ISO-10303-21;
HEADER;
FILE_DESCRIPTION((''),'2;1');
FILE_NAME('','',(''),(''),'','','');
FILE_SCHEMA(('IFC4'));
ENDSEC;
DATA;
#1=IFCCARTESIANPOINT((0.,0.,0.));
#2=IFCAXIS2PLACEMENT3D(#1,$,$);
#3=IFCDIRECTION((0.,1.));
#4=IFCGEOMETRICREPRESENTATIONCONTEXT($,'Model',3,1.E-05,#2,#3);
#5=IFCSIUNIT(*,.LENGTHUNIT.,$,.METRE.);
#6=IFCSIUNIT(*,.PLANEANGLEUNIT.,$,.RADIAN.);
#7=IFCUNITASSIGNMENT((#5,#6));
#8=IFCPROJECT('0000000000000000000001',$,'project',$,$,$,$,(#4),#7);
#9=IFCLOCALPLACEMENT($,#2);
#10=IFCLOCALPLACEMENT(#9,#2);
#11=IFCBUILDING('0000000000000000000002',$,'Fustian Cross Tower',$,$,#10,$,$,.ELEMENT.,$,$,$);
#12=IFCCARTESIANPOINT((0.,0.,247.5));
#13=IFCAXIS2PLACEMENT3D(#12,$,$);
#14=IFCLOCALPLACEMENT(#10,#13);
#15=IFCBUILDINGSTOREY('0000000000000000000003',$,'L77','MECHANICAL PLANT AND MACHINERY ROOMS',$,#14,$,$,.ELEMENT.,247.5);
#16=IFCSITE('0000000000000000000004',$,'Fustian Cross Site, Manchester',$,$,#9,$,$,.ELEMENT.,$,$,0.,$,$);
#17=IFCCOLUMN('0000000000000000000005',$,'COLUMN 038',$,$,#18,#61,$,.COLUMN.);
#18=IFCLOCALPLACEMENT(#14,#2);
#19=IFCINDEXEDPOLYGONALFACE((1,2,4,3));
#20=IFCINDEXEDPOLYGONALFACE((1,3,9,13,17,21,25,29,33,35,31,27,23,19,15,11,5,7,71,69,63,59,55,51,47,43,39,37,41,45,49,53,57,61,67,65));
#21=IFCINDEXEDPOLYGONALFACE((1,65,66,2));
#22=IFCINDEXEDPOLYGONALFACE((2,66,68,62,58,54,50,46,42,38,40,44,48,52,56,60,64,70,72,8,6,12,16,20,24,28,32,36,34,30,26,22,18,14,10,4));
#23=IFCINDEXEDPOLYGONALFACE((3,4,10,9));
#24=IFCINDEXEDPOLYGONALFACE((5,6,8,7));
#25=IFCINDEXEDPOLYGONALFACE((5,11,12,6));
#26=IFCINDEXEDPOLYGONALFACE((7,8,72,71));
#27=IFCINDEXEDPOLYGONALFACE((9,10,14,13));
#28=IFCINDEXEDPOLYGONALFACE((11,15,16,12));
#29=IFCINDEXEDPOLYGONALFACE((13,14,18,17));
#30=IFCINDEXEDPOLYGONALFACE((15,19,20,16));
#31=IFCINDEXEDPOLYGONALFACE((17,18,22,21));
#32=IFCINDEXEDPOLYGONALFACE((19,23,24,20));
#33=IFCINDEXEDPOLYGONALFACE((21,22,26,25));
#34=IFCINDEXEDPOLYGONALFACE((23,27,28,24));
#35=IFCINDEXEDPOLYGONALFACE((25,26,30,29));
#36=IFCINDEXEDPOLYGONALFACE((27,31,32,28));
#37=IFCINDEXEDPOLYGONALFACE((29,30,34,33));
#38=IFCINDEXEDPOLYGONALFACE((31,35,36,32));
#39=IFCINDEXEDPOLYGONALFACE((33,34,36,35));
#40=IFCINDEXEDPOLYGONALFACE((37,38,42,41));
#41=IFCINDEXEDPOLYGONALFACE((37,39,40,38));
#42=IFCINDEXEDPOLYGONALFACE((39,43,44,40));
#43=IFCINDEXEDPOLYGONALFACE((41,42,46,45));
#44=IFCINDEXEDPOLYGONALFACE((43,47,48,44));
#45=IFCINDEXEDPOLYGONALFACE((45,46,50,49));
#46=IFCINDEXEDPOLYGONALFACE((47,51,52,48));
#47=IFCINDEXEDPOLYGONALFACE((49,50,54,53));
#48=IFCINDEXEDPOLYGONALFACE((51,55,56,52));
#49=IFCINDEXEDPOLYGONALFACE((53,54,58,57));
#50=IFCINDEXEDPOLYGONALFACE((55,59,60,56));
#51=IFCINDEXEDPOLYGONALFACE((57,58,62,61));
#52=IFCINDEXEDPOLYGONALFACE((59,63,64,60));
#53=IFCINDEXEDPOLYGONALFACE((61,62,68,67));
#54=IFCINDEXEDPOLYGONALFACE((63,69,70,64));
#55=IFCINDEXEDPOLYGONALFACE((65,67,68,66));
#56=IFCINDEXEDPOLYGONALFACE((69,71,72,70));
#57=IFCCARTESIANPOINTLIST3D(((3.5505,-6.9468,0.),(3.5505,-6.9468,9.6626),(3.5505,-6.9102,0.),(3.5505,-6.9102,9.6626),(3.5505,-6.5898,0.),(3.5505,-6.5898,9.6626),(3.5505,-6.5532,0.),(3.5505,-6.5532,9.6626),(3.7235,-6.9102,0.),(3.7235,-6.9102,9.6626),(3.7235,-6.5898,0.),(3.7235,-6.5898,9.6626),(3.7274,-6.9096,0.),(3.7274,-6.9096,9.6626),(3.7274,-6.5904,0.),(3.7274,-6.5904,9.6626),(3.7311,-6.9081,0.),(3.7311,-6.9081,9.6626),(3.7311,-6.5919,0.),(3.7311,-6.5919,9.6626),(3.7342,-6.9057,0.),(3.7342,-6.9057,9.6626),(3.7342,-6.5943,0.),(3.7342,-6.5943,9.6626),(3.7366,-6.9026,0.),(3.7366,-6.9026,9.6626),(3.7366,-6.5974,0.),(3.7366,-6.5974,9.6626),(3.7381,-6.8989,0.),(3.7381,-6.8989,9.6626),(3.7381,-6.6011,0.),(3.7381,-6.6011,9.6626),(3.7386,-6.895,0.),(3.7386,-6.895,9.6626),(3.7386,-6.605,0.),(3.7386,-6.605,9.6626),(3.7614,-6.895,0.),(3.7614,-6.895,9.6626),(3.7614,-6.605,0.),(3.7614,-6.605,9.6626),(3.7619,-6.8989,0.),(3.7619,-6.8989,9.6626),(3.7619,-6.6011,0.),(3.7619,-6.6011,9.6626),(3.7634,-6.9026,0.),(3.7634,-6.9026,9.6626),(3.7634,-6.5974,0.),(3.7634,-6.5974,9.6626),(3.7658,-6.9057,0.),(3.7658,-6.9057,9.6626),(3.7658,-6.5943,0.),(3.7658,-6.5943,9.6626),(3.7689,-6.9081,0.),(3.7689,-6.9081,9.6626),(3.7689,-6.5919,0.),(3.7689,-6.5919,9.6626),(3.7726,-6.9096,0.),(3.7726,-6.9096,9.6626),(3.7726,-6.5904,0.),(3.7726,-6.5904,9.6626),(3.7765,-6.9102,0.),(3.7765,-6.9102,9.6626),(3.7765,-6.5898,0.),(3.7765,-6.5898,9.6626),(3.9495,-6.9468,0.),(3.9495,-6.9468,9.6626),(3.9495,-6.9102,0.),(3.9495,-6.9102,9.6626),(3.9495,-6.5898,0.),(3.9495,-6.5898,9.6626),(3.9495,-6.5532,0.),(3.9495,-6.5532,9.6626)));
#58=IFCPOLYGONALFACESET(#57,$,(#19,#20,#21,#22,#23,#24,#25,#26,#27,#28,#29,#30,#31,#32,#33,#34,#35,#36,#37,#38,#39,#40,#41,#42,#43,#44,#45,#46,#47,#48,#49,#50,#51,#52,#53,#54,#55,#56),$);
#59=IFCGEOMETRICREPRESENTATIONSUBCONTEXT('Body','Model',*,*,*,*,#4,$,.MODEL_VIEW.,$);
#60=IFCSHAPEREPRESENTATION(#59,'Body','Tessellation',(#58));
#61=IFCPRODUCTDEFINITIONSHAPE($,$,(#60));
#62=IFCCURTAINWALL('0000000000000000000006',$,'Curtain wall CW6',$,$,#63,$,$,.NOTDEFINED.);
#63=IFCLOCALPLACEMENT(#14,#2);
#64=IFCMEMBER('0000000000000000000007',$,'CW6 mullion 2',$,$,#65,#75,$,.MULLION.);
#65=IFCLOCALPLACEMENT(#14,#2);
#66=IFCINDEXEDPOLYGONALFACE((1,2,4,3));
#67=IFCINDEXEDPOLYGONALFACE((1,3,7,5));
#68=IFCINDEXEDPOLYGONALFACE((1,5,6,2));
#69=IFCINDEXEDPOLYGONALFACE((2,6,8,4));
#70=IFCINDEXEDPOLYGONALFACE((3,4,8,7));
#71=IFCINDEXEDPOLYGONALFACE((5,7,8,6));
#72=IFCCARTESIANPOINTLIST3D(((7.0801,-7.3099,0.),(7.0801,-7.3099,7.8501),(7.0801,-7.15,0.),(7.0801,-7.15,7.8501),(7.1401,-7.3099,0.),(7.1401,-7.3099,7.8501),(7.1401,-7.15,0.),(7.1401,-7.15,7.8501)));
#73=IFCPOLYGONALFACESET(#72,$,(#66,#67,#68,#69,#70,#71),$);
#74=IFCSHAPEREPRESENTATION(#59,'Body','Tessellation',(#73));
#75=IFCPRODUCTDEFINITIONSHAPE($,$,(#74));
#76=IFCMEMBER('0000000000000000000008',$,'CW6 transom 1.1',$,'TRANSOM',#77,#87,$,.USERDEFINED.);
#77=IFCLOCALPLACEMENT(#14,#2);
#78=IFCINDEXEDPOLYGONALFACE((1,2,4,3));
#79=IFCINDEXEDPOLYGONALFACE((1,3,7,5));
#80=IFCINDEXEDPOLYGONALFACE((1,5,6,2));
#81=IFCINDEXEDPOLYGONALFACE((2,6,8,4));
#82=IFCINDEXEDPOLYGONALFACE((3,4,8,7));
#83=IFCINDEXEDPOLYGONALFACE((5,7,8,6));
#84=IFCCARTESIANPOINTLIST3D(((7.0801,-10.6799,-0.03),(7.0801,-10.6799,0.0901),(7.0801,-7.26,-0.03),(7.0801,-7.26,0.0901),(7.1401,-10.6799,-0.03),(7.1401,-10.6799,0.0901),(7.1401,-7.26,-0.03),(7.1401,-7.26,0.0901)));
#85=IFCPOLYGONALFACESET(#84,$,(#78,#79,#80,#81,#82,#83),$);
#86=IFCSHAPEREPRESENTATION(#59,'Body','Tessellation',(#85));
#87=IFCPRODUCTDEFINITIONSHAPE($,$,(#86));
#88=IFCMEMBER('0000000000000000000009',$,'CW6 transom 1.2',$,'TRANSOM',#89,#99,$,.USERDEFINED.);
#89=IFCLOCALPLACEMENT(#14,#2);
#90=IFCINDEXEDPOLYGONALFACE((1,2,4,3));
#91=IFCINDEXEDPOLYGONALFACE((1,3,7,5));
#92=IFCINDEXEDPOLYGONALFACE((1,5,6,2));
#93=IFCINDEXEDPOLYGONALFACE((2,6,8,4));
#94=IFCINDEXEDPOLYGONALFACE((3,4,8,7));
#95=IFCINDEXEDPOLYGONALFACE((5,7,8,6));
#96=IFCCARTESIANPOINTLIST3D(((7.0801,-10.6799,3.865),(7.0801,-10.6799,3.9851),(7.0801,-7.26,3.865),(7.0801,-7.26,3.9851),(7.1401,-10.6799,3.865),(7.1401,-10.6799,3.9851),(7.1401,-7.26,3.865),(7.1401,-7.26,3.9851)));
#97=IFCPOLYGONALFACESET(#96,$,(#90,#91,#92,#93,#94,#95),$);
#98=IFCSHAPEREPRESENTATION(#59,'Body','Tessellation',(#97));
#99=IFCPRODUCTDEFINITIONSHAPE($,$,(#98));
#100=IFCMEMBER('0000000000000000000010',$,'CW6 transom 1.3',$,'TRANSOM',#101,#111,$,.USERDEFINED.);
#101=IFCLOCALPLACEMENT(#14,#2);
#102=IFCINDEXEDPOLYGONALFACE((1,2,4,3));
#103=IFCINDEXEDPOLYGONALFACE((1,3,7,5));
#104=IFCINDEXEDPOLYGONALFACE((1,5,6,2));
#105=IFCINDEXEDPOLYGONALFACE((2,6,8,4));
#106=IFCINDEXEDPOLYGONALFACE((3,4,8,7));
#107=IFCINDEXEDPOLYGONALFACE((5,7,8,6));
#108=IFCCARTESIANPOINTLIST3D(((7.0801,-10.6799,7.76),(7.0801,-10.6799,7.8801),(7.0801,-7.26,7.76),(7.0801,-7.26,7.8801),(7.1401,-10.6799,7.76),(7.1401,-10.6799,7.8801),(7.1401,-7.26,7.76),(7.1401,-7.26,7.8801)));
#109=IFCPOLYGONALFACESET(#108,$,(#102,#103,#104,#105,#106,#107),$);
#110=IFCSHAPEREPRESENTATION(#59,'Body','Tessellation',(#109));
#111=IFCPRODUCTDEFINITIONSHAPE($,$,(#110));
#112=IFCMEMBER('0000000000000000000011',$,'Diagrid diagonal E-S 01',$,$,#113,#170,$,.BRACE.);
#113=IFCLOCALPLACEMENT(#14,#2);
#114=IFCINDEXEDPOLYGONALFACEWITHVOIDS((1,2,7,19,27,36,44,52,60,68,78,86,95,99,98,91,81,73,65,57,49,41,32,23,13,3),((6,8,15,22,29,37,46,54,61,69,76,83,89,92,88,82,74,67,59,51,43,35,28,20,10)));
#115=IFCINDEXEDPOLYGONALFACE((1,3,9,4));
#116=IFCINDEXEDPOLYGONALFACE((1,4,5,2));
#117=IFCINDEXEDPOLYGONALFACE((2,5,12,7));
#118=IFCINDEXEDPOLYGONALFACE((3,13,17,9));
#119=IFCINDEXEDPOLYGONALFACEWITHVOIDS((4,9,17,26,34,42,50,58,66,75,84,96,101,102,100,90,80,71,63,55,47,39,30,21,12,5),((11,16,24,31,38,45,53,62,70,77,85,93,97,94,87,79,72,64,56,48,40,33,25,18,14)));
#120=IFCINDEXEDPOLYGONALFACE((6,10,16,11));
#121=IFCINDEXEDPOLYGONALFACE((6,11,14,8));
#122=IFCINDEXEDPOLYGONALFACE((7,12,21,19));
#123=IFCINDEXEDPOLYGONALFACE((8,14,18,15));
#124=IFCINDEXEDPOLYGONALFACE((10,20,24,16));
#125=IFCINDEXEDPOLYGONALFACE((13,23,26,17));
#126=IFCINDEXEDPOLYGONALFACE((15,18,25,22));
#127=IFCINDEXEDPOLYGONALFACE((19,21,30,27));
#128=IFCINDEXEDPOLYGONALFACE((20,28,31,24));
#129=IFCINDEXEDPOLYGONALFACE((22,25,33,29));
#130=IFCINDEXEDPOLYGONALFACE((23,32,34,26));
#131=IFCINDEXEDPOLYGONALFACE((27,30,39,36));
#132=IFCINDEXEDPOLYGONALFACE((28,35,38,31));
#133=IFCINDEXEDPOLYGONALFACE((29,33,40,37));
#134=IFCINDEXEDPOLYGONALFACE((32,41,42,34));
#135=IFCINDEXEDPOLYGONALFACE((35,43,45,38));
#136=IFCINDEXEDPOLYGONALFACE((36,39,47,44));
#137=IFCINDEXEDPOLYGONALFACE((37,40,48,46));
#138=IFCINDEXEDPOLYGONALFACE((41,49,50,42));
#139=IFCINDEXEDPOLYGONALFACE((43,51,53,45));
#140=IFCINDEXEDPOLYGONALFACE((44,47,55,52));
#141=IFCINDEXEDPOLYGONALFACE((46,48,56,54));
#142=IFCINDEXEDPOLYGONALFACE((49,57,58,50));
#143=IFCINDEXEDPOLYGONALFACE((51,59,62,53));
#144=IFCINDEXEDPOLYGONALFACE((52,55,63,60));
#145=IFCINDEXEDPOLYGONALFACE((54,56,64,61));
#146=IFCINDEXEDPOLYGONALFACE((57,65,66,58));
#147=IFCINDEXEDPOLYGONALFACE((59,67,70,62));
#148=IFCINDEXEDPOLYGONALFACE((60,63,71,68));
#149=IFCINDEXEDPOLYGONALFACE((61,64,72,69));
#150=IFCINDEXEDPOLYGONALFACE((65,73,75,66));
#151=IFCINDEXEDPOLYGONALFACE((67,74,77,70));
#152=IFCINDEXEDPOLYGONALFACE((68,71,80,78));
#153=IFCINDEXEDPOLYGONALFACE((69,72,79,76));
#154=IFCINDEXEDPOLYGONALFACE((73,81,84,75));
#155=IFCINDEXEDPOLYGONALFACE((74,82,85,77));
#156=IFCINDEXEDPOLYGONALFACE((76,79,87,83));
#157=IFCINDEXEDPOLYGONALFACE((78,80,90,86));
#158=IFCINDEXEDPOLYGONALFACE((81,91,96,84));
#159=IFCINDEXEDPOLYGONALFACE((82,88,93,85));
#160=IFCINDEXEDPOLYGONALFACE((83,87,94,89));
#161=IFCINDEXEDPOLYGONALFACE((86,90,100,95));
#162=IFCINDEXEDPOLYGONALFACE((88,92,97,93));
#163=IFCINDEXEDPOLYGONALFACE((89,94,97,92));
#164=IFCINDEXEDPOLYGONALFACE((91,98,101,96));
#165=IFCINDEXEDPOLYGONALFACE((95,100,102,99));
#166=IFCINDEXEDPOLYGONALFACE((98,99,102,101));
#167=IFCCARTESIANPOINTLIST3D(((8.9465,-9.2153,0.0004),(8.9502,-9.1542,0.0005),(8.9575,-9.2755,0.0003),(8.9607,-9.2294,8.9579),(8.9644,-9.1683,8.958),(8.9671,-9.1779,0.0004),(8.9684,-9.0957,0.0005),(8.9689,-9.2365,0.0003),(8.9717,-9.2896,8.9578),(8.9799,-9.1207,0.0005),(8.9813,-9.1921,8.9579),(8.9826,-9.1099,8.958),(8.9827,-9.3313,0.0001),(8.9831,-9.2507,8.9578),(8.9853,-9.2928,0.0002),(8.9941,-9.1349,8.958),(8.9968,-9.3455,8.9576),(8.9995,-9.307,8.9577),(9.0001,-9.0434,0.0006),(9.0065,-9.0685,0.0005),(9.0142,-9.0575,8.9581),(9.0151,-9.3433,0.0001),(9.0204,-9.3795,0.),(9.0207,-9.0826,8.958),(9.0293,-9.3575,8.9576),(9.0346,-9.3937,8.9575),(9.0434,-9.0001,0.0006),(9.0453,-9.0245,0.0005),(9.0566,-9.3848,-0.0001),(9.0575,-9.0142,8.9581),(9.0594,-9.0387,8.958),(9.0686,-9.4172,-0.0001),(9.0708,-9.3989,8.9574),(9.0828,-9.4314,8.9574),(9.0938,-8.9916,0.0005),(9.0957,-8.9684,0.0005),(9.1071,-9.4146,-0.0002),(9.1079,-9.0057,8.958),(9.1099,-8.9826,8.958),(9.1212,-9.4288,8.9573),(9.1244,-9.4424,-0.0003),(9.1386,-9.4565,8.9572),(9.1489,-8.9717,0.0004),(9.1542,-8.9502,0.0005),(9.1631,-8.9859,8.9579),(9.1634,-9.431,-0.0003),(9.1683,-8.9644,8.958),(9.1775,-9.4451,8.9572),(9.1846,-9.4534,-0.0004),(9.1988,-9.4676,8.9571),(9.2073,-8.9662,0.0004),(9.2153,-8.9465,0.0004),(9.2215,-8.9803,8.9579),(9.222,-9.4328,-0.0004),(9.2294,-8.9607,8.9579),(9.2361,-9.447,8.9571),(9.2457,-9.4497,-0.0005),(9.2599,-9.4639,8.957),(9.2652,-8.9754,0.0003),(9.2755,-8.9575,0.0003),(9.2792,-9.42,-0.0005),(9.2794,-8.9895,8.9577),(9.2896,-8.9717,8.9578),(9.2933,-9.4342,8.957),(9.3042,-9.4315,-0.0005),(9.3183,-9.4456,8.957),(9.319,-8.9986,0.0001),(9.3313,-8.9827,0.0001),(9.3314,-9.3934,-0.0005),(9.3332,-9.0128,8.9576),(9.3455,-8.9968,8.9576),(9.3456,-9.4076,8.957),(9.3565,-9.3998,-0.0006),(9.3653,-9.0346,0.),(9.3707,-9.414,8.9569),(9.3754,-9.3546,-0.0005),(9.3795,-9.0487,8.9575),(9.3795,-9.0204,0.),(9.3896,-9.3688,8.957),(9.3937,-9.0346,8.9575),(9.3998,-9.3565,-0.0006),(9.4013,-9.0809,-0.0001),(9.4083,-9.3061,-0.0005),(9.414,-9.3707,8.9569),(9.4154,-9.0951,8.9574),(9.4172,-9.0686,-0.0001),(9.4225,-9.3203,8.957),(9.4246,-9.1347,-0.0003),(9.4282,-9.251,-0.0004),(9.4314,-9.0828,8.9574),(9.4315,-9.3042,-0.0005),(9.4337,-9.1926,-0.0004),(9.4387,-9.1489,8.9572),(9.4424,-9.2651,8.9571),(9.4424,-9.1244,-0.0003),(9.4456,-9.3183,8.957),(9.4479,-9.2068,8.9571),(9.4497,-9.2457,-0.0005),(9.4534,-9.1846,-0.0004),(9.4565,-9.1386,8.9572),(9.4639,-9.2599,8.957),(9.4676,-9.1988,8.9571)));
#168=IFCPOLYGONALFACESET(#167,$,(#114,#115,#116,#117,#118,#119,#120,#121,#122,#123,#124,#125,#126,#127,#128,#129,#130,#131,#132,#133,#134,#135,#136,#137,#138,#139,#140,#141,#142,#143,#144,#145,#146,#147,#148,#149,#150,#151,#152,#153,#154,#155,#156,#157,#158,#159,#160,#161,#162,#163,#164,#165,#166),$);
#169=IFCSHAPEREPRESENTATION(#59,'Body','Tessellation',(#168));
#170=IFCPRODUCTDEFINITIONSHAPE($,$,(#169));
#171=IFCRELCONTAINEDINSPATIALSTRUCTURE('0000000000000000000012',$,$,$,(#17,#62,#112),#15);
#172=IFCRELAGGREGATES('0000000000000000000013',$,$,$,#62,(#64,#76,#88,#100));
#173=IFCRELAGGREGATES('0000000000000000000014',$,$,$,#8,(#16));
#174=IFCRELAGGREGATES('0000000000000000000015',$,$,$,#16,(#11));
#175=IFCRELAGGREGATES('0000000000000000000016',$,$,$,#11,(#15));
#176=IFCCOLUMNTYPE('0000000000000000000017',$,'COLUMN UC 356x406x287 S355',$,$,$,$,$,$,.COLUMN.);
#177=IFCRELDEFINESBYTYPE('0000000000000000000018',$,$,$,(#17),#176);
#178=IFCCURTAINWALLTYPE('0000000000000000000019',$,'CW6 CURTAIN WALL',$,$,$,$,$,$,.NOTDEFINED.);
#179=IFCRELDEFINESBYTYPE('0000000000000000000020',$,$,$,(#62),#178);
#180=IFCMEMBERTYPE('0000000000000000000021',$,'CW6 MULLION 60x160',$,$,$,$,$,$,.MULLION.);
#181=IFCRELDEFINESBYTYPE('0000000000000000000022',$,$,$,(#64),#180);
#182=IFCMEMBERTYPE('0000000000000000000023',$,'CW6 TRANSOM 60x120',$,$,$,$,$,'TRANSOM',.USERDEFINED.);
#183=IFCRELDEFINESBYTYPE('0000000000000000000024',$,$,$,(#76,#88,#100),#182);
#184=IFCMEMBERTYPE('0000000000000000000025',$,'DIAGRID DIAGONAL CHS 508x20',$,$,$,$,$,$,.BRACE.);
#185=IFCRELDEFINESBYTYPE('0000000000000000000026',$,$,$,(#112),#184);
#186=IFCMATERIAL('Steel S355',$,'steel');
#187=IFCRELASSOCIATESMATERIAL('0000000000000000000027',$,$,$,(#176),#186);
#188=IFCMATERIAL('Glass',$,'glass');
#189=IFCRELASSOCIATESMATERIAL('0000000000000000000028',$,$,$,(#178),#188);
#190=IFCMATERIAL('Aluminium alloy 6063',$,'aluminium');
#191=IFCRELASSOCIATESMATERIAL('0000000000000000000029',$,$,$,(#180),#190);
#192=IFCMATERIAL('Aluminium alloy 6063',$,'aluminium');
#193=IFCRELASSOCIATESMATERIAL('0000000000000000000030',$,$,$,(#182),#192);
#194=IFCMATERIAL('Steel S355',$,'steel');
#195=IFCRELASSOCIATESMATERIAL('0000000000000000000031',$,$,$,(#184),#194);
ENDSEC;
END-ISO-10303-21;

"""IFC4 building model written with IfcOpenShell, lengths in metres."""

from ifc_helpers import new_model, si_unit, direction, frame, origin, origin_2d, place, context, subcontext, project, spatial, rectangle, hollow_circle, i_section, extrude, material, material_profile, profile_set, type_object, element, aggregate, save


model = new_model("IFC4")

# Units and contexts
model_context = context("Model", 3, precision=1e-05, world=origin(), true_north=direction((0.0, 1.0)))
body_context = subcontext(model_context, "Body", "Model", "MODEL_VIEW")
ifc_project = project(units=[si_unit("LENGTHUNIT", "METRE"), si_unit("PLANEANGLEUNIT", "RADIAN")], contexts=[model_context])

# Site, building, storey
site_placement = place(None, origin())
site = spatial("IfcSite", under=ifc_project, at=site_placement, Name="Fustian Cross Site, Manchester", CompositionType="ELEMENT", RefElevation=0.0)
building_placement = place(site_placement, origin())
building = spatial("IfcBuilding", under=site, at=building_placement, Name="Fustian Cross Tower", CompositionType="ELEMENT")
storey_placement = place(building_placement, frame((0.0, 0.0, 247.5)))
storey = spatial("IfcBuildingStorey", under=building, at=storey_placement, Name="L77", Description="MECHANICAL PLANT AND MACHINERY ROOMS", CompositionType="ELEMENT", Elevation=247.5)

# Column
ifc_material_1 = material(Name="Steel S355", Category="steel")
ifc_material_profile_1 = material_profile(ifc_material_1, i_section(OverallWidth=0.3989, OverallDepth=0.3936, WebThickness=0.0227, FlangeThickness=0.0366, FilletRadius=0.0151, at=origin_2d()), Name="UC 356x406x287")
ifc_profile_set_1 = profile_set([ifc_material_profile_1], Name="Steel S355")
column_type = type_object("IfcColumnType", Name="COLUMN UC 356x406x287 S355", PredefinedType="COLUMN", material=ifc_profile_set_1)
column_placement = place(storey_placement, frame((3.75, -6.75, 0.0), z_axis=(0.0, 0.0, 1.0), x_axis=(1.0, 0.0, 0.0)))
element("IfcColumn", 1, at=column_placement, inside=storey, type_object=column_type, Name="COLUMN 038", PredefinedType="COLUMN", context=body_context, shape_type="SweptSolid", body=[
    extrude(i_section(OverallWidth=0.3989, OverallDepth=0.3936, WebThickness=0.0227, FlangeThickness=0.0366, FilletRadius=0.0151, at=origin_2d()), origin(), (0.0, 0.0, 1.0), 9.6626),
])

# Curtain wall, members
ifc_material_2 = material(Name="Glass", Category="glass")
curtain_wall_type = type_object("IfcCurtainWallType", Name="CW6 CURTAIN WALL", PredefinedType="NOTDEFINED", material=ifc_material_2)
curtain_wall_placement = place(storey_placement, origin())
curtain_wall = element("IfcCurtainWall", 2, at=curtain_wall_placement, inside=storey, type_object=curtain_wall_type, Name="Curtain wall CW6", PredefinedType="NOTDEFINED")
ifc_material_3 = material(Name="Aluminium alloy 6063", Category="aluminium")
ifc_material_profile_2 = material_profile(ifc_material_3, rectangle(XDim=0.0601, YDim=0.1599, at=origin_2d()), Name="CW6 MULLION 60x160")
ifc_profile_set_2 = profile_set([ifc_material_profile_2], Name="Aluminium alloy 6063")
member_type_1 = type_object("IfcMemberType", Name="CW6 MULLION 60x160", PredefinedType="MULLION", material=ifc_profile_set_2)
member_1_placement = place(storey_placement, frame((7.1101, -7.23, 0.0), z_axis=(0.0, 0.0, 1.0), x_axis=(-1.0, 0.0, 0.0)))
member_1 = element("IfcMember", 3, at=member_1_placement, type_object=member_type_1, Name="CW6 mullion 2", PredefinedType="MULLION", context=body_context, shape_type="SweptSolid", body=[
    extrude(rectangle(XDim=0.0601, YDim=0.1599, at=origin_2d()), origin(), (0.0, 0.0, 1.0), 7.8501),
])
ifc_material_4 = material(Name="Aluminium alloy 6063", Category="aluminium")
ifc_material_profile_3 = material_profile(ifc_material_4, rectangle(XDim=0.0601, YDim=0.1201, at=origin_2d()), Name="CW6 TRANSOM 60x120")
ifc_profile_set_3 = profile_set([ifc_material_profile_3], Name="Aluminium alloy 6063")
member_type_2 = type_object("IfcMemberType", Name="CW6 TRANSOM 60x120", ElementType="TRANSOM", PredefinedType="USERDEFINED", material=ifc_profile_set_3)
member_2_placement = place(storey_placement, frame((7.1101, -10.6799, 0.03), z_axis=(0.0, 1.0, 0.0), x_axis=(-1.0, 0.0, 0.0)))
member_2 = element("IfcMember", 4, at=member_2_placement, type_object=member_type_2, Name="CW6 transom 1.1", ObjectType="TRANSOM", PredefinedType="USERDEFINED", context=body_context, shape_type="SweptSolid", body=[
    extrude(rectangle(XDim=0.0601, YDim=0.1201, at=origin_2d()), origin(), (0.0, 0.0, 1.0), 3.4199),
])
member_3_placement = place(storey_placement, frame((7.1101, -10.6799, 3.925), z_axis=(0.0, 1.0, 0.0), x_axis=(-1.0, 0.0, 0.0)))
member_3 = element("IfcMember", 5, at=member_3_placement, type_object=member_type_2, Name="CW6 transom 1.2", ObjectType="TRANSOM", PredefinedType="USERDEFINED", context=body_context, shape_type="SweptSolid", body=[
    extrude(rectangle(XDim=0.0601, YDim=0.1201, at=origin_2d()), origin(), (0.0, 0.0, 1.0), 3.4199),
])
member_4_placement = place(storey_placement, frame((7.1101, -10.6799, 7.8201), z_axis=(0.0, 1.0, 0.0), x_axis=(-1.0, 0.0, 0.0)))
member_4 = element("IfcMember", 6, at=member_4_placement, type_object=member_type_2, Name="CW6 transom 1.3", ObjectType="TRANSOM", PredefinedType="USERDEFINED", context=body_context, shape_type="SweptSolid", body=[
    extrude(rectangle(XDim=0.0601, YDim=0.1201, at=origin_2d()), origin(), (0.0, 0.0, 1.0), 3.4199),
])

# Member
ifc_material_5 = material(Name="Steel S355", Category="steel")
ifc_material_profile_4 = material_profile(ifc_material_5, hollow_circle(Radius=0.2539, WallThickness=0.02, at=origin_2d()), Name="CHS 508x20")
ifc_profile_set_4 = profile_set([ifc_material_profile_4], Name="Steel S355")
member_type_3 = type_object("IfcMemberType", Name="DIAGRID DIAGONAL CHS 508x20", PredefinedType="BRACE", material=ifc_profile_set_4)
member_5_placement = place(storey_placement, frame((9.2, -9.2, 0.0), z_axis=(0.001581, -0.001581, 0.999998), x_axis=(0.707107, 0.707107, 0.0)))
element("IfcMember", 7, at=member_5_placement, inside=storey, type_object=member_type_3, Name="Diagrid diagonal E-S 01", PredefinedType="BRACE", context=body_context, shape_type="SweptSolid", body=[
    extrude(hollow_circle(Radius=0.2539, WallThickness=0.02, at=origin_2d()), origin(), (0.0, 0.0, 1.0), 8.9575),
])

aggregate(curtain_wall, [member_1, member_2, member_3, member_4])

save(model, "model.ifc")
